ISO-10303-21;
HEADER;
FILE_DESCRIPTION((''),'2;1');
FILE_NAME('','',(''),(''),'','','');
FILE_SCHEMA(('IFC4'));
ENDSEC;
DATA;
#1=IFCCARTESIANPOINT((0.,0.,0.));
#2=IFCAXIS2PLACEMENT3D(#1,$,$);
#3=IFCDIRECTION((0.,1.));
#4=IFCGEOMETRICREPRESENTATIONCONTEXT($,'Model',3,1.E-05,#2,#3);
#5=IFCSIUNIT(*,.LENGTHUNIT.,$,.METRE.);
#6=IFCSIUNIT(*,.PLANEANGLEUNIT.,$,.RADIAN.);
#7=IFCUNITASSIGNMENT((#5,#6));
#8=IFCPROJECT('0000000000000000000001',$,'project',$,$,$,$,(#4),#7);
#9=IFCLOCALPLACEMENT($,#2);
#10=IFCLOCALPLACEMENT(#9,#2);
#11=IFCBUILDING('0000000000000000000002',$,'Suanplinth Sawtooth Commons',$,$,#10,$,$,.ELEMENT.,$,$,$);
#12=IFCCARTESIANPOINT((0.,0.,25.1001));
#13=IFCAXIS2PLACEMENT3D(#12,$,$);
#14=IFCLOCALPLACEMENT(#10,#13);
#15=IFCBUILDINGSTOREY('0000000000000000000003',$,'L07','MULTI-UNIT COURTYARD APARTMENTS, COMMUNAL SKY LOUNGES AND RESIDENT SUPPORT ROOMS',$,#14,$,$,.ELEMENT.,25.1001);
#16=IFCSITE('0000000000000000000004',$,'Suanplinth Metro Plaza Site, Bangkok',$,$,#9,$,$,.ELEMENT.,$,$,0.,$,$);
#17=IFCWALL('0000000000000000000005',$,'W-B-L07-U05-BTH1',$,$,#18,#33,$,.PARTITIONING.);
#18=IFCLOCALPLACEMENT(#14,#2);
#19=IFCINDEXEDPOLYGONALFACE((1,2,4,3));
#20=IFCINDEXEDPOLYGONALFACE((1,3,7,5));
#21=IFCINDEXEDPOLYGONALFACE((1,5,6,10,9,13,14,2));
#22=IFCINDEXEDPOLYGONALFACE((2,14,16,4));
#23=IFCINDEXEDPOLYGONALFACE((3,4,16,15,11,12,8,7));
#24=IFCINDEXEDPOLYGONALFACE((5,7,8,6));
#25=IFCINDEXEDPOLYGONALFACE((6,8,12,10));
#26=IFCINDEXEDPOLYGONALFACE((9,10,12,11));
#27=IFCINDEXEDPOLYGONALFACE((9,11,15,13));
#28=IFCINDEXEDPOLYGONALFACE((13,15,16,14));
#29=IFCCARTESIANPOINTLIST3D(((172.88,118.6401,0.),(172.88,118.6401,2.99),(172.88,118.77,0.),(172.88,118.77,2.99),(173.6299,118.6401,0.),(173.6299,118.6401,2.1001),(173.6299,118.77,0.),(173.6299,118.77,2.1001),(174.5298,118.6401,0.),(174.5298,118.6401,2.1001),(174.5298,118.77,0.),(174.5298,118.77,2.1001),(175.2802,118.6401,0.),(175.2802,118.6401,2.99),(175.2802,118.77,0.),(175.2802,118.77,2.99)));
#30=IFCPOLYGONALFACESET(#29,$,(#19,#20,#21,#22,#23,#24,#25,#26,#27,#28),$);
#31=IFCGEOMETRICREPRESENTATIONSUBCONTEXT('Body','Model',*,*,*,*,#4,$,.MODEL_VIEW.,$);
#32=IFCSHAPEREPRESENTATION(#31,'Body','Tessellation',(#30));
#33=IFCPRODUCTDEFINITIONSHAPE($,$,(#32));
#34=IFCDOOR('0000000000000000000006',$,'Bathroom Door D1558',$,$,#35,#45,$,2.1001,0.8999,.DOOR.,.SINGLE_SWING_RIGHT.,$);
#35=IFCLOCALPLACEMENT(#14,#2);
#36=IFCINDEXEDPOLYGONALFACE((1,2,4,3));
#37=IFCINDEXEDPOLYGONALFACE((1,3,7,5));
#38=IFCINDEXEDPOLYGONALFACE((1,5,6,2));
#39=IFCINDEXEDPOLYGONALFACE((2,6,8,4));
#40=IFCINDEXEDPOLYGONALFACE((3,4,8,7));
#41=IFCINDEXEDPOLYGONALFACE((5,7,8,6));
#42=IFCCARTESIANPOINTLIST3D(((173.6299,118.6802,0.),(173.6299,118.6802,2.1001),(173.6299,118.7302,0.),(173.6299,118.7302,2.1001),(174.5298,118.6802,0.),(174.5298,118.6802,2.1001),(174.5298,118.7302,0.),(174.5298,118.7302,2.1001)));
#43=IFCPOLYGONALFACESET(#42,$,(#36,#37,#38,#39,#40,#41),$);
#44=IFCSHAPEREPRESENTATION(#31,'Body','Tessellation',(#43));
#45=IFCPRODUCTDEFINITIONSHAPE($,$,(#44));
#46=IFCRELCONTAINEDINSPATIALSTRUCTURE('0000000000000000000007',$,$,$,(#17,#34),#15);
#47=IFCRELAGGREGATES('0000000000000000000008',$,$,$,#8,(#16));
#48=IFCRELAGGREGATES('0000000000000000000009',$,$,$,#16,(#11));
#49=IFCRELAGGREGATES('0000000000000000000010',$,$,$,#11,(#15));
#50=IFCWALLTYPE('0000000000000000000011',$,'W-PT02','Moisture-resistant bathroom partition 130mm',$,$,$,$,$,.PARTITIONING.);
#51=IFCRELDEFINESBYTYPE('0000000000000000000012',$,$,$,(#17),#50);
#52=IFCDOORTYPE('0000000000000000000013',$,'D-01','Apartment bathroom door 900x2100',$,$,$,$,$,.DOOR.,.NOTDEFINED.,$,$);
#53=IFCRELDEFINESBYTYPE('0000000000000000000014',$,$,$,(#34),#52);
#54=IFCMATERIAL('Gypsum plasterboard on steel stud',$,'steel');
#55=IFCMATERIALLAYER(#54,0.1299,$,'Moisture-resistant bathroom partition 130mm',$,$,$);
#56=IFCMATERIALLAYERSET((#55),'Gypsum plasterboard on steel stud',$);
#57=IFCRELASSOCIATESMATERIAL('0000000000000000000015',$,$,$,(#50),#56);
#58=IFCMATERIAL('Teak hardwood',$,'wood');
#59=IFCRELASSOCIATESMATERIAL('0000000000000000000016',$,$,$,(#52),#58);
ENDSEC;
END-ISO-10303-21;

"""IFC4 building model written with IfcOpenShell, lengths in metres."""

from ifc_helpers import new_model, si_unit, direction, frame, frame_2d, origin, place, context, subcontext, project, spatial, rectangle, extrude, material, layer, layer_set, type_object, element, fill, save


model = new_model("IFC4")

# Units and contexts
model_context = context("Model", 3, precision=1e-05, world=origin(), true_north=direction((0.0, 1.0)))
body_context = subcontext(model_context, "Body", "Model", "MODEL_VIEW")
ifc_project = project(units=[si_unit("LENGTHUNIT", "METRE"), si_unit("PLANEANGLEUNIT", "RADIAN")], contexts=[model_context])

# Site, building, storey
site_placement = place(None, origin())
site = spatial("IfcSite", under=ifc_project, at=site_placement, Name="Suanplinth Metro Plaza Site, Bangkok", CompositionType="ELEMENT", RefElevation=0.0)
building_placement = place(site_placement, origin())
building = spatial("IfcBuilding", under=site, at=building_placement, Name="Suanplinth Sawtooth Commons", CompositionType="ELEMENT")
storey_placement = place(building_placement, frame((0.0, 0.0, 25.1001)))
storey = spatial("IfcBuildingStorey", under=building, at=storey_placement, Name="L07", Description="MULTI-UNIT COURTYARD APARTMENTS, COMMUNAL SKY LOUNGES AND RESIDENT SUPPORT ROOMS", CompositionType="ELEMENT", Elevation=25.1001)

# Wall, opening, door
ifc_material_1 = material(Name="Gypsum plasterboard on steel stud", Category="steel")
ifc_material_2 = material(Name="Teak hardwood", Category="wood")
ifc_layer_1 = layer(ifc_material_1, 0.1299, Name="Moisture-resistant bathroom partition 130mm")
ifc_layer_set_1 = layer_set([ifc_layer_1], Name="Gypsum plasterboard on steel stud")
wall_type_1 = type_object("IfcWallType", Name="W-PT02", Description="Moisture-resistant bathroom partition 130mm", PredefinedType="PARTITIONING", material=ifc_layer_set_1)
wall_1_placement = place(storey_placement, frame((172.8799, 118.7051, 0.0), z_axis=(0.0, 0.0, 1.0), x_axis=(1.0, 0.0, 0.0)))
wall_1 = element("IfcWall", 1, at=wall_1_placement, inside=storey, type_object=wall_type_1, Name="W-B-L07-U05-BTH1", PredefinedType="PARTITIONING", context=body_context, shape_type="SweptSolid", body=[
    extrude(rectangle(XDim=2.4001, YDim=0.1299, at=frame_2d((1.2002, 0.0))), origin(), (0.0, 0.0, 1.0), 2.99),
])
opening_1_placement = place(wall_1_placement, frame((0.75, 0.0, 0.0)))
opening_1 = element("IfcOpeningElement", 2, at=opening_1_placement, cuts=wall_1, PredefinedType="OPENING", context=body_context, shape_type="SweptSolid", body=[
    extrude(rectangle(XDim=0.8999, YDim=2.1001, at=frame_2d((0.45, 1.05))), frame((0.0, 0.0798, 0.0), z_axis=(0.0, -1.0, 0.0), x_axis=(1.0, 0.0, 0.0)), (0.0, 0.0, 1.0), 0.1597),
])
door_type_1 = type_object("IfcDoorType", Name="D-01", Description="Apartment bathroom door 900x2100", OperationType="NOTDEFINED", PredefinedType="DOOR", material=ifc_material_2)
door_1_placement = place(opening_1_placement, frame((0.8999, 0.0, 0.0), z_axis=(0.0, 0.0, 1.0), x_axis=(-1.0, 0.0, 0.0)))
door_1 = element("IfcDoor", 3, at=door_1_placement, inside=storey, type_object=door_type_1, Name="Bathroom Door D1558", OperationType="SINGLE_SWING_RIGHT", OverallHeight=2.1001, OverallWidth=0.8999, PredefinedType="DOOR", context=body_context, shape_type="SweptSolid", body=[
    extrude(rectangle(XDim=0.8999, YDim=2.1001, at=frame_2d((0.45, 1.05))), frame((0.0, 0.0249, 0.0), z_axis=(0.0, -1.0, 0.0), x_axis=(1.0, 0.0, 0.0)), (0.0, 0.0, 1.0), 0.05),
])
fill(opening_1, door_1)

save(model, "model.ifc")
